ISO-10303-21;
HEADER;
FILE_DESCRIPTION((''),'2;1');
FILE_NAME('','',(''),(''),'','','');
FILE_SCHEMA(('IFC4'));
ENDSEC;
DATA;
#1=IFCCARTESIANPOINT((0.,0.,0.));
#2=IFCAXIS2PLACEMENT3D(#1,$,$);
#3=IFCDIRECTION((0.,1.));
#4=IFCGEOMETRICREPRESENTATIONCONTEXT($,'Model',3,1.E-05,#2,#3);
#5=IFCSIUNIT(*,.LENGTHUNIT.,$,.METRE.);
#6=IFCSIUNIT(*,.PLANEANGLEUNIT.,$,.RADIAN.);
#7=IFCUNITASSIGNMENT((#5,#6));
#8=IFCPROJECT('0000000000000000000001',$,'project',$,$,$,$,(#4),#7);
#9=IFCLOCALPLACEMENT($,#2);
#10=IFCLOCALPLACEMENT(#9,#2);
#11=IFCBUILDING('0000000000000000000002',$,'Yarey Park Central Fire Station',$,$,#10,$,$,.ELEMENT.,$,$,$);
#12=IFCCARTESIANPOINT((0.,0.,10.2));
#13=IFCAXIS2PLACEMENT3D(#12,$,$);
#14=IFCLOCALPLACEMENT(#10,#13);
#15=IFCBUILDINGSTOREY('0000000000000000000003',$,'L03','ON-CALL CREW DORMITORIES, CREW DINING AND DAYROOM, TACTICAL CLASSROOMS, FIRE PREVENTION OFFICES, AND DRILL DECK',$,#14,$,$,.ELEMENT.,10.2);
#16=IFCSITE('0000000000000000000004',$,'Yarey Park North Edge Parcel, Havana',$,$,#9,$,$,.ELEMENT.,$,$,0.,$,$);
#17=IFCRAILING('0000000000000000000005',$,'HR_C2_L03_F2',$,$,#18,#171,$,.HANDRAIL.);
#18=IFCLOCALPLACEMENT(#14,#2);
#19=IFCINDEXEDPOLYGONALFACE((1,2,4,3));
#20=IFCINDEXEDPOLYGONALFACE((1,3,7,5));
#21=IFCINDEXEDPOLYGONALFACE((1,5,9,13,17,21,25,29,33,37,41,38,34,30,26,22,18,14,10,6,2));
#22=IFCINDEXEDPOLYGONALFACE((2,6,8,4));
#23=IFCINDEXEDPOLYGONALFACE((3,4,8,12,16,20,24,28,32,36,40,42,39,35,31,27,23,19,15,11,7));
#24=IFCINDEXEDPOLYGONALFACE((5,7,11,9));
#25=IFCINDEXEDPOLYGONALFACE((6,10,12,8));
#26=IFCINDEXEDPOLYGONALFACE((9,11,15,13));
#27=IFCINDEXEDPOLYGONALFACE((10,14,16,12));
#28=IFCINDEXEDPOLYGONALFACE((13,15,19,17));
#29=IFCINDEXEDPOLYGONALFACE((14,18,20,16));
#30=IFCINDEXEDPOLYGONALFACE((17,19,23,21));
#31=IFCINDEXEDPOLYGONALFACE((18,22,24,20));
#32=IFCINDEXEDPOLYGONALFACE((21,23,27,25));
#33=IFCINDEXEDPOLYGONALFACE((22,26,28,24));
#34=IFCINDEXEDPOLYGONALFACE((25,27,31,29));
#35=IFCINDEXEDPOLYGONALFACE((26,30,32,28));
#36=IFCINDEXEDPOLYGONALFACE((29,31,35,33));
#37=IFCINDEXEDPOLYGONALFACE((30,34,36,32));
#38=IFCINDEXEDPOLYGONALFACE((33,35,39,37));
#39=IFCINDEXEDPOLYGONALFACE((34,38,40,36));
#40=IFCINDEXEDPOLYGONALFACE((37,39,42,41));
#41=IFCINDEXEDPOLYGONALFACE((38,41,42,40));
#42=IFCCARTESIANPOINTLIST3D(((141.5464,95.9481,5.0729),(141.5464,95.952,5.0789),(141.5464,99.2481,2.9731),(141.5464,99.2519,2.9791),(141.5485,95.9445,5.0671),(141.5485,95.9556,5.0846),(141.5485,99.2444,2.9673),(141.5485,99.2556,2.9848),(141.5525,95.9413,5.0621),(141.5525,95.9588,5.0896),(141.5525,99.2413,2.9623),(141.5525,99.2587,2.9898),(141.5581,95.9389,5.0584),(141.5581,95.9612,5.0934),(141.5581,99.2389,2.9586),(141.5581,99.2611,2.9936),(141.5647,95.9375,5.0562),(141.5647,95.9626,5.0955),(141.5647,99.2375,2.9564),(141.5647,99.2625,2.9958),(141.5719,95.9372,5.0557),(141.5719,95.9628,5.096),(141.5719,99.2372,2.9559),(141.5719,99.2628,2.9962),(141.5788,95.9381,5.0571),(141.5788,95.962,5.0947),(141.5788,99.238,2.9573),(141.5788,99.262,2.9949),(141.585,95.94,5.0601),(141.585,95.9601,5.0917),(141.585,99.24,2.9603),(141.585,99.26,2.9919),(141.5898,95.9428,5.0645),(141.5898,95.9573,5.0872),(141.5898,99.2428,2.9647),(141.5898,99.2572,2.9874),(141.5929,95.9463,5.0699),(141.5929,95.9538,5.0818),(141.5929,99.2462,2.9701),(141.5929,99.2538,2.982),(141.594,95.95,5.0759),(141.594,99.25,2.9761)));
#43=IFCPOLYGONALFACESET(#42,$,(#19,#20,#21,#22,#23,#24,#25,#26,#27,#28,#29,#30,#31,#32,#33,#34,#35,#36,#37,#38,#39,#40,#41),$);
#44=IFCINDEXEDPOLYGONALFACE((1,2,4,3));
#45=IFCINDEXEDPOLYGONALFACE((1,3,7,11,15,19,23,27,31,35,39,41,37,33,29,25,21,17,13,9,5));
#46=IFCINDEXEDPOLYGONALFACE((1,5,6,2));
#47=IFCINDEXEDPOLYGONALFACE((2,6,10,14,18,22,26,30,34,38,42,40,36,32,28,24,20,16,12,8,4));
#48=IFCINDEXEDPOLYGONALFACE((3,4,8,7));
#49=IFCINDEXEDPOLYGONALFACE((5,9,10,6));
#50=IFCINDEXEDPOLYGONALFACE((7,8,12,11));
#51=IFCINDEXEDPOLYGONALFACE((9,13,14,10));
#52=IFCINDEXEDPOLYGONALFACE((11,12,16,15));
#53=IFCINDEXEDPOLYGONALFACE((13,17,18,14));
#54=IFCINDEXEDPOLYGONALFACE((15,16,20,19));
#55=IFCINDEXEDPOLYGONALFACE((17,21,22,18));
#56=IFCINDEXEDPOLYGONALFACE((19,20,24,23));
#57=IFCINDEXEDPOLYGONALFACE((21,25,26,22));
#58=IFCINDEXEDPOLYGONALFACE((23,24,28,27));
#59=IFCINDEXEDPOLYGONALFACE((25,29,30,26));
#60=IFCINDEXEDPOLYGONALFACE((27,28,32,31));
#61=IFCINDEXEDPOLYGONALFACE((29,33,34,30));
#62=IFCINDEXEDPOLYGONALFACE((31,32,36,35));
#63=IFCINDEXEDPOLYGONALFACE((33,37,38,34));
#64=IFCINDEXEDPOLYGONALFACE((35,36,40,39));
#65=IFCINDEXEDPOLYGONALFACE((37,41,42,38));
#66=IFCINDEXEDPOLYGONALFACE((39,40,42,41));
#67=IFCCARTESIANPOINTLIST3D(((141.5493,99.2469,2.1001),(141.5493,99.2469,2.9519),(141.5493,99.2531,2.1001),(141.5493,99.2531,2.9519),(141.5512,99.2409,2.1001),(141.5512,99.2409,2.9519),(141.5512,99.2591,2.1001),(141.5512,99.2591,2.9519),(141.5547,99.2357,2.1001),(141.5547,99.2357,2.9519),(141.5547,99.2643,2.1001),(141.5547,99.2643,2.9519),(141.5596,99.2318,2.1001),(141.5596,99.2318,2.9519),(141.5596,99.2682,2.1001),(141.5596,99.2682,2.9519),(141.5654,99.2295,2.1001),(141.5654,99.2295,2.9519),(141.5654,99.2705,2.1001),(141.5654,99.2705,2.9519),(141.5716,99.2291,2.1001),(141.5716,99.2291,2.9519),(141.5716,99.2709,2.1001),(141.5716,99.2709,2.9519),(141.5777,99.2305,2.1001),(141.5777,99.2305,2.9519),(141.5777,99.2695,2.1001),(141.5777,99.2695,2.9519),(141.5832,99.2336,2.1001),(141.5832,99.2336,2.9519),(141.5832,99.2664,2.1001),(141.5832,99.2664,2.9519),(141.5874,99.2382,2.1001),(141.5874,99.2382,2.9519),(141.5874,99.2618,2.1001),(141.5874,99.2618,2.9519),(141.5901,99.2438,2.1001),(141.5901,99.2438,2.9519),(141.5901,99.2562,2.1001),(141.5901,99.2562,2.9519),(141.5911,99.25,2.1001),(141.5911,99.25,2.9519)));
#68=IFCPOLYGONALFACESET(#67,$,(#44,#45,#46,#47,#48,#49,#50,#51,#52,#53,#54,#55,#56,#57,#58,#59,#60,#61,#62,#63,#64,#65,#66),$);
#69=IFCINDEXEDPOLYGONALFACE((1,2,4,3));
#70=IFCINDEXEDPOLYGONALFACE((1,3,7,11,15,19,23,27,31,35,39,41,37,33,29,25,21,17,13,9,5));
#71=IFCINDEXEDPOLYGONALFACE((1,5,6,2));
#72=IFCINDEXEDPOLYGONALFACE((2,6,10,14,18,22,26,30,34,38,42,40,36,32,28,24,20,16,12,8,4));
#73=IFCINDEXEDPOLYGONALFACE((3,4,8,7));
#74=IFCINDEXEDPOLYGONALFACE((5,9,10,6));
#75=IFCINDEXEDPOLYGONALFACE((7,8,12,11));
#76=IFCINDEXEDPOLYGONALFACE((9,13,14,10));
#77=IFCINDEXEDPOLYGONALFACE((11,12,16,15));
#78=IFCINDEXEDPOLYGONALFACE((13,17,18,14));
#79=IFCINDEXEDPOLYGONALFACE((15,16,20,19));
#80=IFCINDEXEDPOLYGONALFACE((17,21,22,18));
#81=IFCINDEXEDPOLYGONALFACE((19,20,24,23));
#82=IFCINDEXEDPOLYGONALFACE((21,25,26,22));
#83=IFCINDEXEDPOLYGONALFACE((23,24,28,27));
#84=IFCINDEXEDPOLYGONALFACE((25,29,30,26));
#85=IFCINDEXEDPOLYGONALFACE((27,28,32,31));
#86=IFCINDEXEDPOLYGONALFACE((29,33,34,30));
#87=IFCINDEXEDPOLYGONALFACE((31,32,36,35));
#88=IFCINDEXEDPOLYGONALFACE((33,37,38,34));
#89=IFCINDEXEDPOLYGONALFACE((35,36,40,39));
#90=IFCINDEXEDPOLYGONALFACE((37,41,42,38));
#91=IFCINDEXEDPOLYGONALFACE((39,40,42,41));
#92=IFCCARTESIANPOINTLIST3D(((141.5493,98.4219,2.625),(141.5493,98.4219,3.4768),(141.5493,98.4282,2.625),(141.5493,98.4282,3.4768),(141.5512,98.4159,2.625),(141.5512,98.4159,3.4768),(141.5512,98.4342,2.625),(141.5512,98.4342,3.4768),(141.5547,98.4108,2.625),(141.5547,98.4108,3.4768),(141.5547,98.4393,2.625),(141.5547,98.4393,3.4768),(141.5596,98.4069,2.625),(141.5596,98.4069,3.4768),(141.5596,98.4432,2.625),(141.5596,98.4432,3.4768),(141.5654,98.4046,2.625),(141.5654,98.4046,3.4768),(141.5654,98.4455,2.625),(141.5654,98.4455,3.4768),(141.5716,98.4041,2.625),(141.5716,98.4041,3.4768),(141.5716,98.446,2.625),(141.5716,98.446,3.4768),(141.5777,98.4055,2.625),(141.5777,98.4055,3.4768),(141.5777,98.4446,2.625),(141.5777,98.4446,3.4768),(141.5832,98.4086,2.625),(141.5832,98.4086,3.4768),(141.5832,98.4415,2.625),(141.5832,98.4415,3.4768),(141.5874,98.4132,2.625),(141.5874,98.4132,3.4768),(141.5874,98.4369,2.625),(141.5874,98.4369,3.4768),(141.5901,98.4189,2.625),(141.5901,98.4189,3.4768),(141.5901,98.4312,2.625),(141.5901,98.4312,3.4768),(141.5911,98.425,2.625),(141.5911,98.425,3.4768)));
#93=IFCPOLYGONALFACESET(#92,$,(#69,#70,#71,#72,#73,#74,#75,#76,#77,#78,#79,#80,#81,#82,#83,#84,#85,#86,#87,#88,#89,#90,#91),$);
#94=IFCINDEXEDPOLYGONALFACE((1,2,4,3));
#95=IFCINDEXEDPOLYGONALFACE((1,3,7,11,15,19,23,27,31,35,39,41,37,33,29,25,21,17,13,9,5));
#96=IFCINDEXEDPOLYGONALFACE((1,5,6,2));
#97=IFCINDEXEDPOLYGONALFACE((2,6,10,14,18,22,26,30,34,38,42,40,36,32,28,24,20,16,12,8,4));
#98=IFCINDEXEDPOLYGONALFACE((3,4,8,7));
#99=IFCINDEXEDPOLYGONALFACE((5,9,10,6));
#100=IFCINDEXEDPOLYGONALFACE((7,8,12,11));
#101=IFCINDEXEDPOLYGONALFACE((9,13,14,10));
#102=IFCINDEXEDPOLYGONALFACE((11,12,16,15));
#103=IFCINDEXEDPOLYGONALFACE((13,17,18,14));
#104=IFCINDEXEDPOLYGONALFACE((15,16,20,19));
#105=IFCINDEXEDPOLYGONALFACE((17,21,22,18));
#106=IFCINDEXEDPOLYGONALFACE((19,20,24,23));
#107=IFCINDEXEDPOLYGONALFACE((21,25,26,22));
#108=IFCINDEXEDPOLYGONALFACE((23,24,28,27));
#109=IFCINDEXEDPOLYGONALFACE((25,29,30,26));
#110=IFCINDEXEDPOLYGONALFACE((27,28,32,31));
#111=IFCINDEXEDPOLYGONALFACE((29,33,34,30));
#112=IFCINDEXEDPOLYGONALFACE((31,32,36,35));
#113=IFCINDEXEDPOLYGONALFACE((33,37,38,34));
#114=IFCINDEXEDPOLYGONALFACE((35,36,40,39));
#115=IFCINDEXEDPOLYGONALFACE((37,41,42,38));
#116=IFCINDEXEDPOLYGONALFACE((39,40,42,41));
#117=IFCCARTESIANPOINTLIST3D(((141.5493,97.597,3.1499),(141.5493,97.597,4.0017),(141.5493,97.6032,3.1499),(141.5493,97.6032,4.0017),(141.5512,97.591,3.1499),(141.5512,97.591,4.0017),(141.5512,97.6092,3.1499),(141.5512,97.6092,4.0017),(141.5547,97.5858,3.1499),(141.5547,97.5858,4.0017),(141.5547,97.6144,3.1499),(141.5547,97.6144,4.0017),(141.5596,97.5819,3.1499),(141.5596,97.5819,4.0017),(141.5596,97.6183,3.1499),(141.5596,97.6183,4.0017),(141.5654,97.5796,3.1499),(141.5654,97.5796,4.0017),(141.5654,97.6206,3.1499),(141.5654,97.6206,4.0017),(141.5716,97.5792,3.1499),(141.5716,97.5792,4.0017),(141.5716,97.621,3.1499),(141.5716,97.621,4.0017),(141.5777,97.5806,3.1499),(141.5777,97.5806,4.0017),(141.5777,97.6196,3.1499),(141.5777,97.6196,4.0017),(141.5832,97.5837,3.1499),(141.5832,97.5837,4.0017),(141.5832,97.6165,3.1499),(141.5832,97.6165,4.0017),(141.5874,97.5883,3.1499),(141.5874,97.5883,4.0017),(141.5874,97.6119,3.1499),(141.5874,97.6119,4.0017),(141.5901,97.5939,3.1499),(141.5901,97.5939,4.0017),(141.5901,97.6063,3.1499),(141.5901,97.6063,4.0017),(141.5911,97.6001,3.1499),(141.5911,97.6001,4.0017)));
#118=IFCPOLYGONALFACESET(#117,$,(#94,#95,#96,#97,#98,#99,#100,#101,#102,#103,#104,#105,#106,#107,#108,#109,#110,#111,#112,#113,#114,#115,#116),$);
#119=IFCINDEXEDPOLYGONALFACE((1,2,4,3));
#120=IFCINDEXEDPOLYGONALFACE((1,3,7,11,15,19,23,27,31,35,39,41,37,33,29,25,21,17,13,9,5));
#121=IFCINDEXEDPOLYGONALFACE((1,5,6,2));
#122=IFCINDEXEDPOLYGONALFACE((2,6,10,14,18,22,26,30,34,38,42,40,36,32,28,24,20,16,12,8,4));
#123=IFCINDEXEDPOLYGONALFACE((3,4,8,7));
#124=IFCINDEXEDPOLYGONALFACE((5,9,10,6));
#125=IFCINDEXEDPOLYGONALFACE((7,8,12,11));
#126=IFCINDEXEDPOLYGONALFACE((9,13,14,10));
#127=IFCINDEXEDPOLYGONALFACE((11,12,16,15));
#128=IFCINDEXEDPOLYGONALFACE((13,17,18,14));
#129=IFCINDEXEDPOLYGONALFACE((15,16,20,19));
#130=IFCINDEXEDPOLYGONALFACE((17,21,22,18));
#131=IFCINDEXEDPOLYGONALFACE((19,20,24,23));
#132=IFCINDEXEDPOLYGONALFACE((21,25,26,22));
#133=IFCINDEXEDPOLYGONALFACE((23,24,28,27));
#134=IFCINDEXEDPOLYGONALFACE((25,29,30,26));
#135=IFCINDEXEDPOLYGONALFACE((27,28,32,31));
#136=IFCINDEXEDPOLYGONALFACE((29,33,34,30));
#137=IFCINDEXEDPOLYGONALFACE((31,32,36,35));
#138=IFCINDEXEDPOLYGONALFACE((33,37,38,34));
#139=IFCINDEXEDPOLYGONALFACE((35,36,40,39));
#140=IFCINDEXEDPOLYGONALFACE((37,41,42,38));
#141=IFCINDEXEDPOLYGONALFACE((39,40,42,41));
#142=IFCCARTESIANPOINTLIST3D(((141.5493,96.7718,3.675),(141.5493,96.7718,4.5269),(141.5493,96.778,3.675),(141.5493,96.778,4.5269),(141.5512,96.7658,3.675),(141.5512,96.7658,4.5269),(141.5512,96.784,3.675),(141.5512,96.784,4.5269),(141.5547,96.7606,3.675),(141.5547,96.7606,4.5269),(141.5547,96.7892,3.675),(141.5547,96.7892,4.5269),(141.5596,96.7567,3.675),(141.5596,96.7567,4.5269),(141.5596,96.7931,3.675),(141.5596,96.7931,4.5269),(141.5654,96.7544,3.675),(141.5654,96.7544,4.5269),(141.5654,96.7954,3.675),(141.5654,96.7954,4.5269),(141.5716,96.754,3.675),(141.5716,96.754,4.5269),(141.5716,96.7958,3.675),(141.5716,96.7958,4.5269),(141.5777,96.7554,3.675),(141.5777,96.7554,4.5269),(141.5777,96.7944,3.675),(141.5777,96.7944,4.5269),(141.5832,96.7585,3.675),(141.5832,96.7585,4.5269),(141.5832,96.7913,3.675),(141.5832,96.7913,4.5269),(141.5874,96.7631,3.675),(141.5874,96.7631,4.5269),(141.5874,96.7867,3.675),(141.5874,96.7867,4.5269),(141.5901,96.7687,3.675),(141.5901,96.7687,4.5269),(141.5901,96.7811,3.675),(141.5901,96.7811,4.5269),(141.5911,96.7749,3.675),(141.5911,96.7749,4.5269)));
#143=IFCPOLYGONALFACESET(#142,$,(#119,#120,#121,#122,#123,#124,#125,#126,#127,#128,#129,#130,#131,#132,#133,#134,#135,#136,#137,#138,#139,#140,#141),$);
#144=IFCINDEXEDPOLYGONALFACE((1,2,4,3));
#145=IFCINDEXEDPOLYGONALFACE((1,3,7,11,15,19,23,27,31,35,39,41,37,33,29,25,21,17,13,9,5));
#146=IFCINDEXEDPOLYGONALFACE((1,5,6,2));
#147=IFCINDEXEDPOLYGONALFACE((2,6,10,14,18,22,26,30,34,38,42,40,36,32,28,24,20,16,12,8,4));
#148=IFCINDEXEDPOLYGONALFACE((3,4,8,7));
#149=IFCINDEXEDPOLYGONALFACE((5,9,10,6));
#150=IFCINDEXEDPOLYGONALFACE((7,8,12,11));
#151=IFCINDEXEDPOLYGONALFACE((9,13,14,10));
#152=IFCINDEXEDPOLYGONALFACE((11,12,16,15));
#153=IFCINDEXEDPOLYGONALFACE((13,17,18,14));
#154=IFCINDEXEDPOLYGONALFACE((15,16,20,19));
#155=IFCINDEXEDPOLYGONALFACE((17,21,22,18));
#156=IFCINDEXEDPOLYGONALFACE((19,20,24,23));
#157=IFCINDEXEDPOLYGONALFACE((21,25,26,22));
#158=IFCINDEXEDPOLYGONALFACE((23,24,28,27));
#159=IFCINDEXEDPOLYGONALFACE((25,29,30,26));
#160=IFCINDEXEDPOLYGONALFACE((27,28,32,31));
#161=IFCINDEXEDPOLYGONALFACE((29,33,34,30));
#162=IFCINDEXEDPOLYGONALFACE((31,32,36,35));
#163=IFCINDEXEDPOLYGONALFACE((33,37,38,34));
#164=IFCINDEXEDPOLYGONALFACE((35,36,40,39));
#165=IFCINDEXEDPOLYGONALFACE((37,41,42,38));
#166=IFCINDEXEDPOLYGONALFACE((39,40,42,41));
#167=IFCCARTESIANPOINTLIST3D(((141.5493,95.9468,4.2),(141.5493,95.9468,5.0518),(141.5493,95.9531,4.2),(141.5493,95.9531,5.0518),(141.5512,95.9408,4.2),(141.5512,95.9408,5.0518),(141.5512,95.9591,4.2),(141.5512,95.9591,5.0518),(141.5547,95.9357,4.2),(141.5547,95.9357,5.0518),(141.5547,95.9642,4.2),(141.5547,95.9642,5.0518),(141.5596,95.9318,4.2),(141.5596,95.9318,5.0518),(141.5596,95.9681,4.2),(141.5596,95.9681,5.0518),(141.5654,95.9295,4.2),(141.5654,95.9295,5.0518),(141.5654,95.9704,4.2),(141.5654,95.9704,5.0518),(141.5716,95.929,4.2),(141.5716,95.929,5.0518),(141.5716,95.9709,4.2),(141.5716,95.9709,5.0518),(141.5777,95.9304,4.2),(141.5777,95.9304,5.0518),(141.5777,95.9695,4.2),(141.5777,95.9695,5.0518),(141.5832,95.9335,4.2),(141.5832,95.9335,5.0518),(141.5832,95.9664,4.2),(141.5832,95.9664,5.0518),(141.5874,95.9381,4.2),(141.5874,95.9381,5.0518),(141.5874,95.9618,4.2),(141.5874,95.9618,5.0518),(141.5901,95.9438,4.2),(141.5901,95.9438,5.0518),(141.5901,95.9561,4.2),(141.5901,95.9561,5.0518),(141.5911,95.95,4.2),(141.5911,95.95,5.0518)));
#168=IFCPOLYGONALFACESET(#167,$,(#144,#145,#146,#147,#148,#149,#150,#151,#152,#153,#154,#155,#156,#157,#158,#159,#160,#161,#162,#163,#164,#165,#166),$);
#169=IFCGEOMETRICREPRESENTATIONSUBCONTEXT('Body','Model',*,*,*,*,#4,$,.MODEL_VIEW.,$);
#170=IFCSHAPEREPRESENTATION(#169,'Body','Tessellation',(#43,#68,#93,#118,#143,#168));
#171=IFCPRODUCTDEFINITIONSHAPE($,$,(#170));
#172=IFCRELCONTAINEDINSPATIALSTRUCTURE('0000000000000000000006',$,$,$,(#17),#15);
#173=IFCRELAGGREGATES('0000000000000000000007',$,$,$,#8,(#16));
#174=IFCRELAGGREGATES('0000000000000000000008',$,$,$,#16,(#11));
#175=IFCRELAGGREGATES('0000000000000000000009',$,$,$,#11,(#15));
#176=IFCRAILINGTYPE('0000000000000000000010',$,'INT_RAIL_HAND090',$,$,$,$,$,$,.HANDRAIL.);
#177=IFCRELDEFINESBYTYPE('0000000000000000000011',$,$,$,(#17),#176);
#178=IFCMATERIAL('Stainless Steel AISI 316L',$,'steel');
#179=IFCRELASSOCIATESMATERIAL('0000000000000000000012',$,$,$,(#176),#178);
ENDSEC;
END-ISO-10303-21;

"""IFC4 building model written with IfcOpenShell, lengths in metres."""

from ifc_helpers import new_model, si_unit, direction, frame, origin, origin_2d, place, context, subcontext, project, spatial, circle, extrude, material, type_object, element, save


model = new_model("IFC4")

# Units and contexts
model_context = context("Model", 3, precision=1e-05, world=origin(), true_north=direction((0.0, 1.0)))
body_context = subcontext(model_context, "Body", "Model", "MODEL_VIEW")
ifc_project = project(units=[si_unit("LENGTHUNIT", "METRE"), si_unit("PLANEANGLEUNIT", "RADIAN")], contexts=[model_context])

# Site, building, storey
site_placement = place(None, origin())
site = spatial("IfcSite", under=ifc_project, at=site_placement, Name="Yarey Park North Edge Parcel, Havana", CompositionType="ELEMENT", RefElevation=0.0)
building_placement = place(site_placement, origin())
building = spatial("IfcBuilding", under=site, at=building_placement, Name="Yarey Park Central Fire Station", CompositionType="ELEMENT")
storey_placement = place(building_placement, frame((0.0, 0.0, 10.2)))
storey = spatial("IfcBuildingStorey", under=building, at=storey_placement, Name="L03", Description="ON-CALL CREW DORMITORIES, CREW DINING AND DAYROOM, TACTICAL CLASSROOMS, FIRE PREVENTION OFFICES, AND DRILL DECK", CompositionType="ELEMENT", Elevation=10.2)

# Railing
ifc_material_1 = material(Name="Stainless Steel AISI 316L", Category="steel")
railing_type_1 = type_object("IfcRailingType", Name="INT_RAIL_HAND090", PredefinedType="HANDRAIL", material=ifc_material_1)
railing_1_placement = place(storey_placement, frame((141.5701, 99.25, 2.1001)))
element("IfcRailing", 1, at=railing_1_placement, inside=storey, type_object=railing_type_1, Name="HR_C2_L03_F2", PredefinedType="HANDRAIL", context=body_context, shape_type="SweptSolid", body=[
    extrude(circle(Radius=0.0239, at=origin_2d()), frame((0.0, 0.0, 0.876), z_axis=(0.0, -0.843682, 0.536843), x_axis=(1.0, 0.0, 0.0)), (0.0, 0.0, 1.0), 3.9114),
    extrude(circle(Radius=0.021, at=origin_2d()), origin(), (0.0, 0.0, 1.0), 0.8518),
    extrude(circle(Radius=0.021, at=origin_2d()), frame((0.0, -0.825, 0.5249)), (0.0, 0.0, 1.0), 0.8518),
    extrude(circle(Radius=0.021, at=origin_2d()), frame((0.0, -1.6499, 1.0498)), (0.0, 0.0, 1.0), 0.8518),
    extrude(circle(Radius=0.021, at=origin_2d()), frame((0.0, -2.4751, 1.575)), (0.0, 0.0, 1.0), 0.8518),
    extrude(circle(Radius=0.021, at=origin_2d()), frame((0.0, -3.3, 2.0999)), (0.0, 0.0, 1.0), 0.8518),
])

save(model, "model.ifc")
